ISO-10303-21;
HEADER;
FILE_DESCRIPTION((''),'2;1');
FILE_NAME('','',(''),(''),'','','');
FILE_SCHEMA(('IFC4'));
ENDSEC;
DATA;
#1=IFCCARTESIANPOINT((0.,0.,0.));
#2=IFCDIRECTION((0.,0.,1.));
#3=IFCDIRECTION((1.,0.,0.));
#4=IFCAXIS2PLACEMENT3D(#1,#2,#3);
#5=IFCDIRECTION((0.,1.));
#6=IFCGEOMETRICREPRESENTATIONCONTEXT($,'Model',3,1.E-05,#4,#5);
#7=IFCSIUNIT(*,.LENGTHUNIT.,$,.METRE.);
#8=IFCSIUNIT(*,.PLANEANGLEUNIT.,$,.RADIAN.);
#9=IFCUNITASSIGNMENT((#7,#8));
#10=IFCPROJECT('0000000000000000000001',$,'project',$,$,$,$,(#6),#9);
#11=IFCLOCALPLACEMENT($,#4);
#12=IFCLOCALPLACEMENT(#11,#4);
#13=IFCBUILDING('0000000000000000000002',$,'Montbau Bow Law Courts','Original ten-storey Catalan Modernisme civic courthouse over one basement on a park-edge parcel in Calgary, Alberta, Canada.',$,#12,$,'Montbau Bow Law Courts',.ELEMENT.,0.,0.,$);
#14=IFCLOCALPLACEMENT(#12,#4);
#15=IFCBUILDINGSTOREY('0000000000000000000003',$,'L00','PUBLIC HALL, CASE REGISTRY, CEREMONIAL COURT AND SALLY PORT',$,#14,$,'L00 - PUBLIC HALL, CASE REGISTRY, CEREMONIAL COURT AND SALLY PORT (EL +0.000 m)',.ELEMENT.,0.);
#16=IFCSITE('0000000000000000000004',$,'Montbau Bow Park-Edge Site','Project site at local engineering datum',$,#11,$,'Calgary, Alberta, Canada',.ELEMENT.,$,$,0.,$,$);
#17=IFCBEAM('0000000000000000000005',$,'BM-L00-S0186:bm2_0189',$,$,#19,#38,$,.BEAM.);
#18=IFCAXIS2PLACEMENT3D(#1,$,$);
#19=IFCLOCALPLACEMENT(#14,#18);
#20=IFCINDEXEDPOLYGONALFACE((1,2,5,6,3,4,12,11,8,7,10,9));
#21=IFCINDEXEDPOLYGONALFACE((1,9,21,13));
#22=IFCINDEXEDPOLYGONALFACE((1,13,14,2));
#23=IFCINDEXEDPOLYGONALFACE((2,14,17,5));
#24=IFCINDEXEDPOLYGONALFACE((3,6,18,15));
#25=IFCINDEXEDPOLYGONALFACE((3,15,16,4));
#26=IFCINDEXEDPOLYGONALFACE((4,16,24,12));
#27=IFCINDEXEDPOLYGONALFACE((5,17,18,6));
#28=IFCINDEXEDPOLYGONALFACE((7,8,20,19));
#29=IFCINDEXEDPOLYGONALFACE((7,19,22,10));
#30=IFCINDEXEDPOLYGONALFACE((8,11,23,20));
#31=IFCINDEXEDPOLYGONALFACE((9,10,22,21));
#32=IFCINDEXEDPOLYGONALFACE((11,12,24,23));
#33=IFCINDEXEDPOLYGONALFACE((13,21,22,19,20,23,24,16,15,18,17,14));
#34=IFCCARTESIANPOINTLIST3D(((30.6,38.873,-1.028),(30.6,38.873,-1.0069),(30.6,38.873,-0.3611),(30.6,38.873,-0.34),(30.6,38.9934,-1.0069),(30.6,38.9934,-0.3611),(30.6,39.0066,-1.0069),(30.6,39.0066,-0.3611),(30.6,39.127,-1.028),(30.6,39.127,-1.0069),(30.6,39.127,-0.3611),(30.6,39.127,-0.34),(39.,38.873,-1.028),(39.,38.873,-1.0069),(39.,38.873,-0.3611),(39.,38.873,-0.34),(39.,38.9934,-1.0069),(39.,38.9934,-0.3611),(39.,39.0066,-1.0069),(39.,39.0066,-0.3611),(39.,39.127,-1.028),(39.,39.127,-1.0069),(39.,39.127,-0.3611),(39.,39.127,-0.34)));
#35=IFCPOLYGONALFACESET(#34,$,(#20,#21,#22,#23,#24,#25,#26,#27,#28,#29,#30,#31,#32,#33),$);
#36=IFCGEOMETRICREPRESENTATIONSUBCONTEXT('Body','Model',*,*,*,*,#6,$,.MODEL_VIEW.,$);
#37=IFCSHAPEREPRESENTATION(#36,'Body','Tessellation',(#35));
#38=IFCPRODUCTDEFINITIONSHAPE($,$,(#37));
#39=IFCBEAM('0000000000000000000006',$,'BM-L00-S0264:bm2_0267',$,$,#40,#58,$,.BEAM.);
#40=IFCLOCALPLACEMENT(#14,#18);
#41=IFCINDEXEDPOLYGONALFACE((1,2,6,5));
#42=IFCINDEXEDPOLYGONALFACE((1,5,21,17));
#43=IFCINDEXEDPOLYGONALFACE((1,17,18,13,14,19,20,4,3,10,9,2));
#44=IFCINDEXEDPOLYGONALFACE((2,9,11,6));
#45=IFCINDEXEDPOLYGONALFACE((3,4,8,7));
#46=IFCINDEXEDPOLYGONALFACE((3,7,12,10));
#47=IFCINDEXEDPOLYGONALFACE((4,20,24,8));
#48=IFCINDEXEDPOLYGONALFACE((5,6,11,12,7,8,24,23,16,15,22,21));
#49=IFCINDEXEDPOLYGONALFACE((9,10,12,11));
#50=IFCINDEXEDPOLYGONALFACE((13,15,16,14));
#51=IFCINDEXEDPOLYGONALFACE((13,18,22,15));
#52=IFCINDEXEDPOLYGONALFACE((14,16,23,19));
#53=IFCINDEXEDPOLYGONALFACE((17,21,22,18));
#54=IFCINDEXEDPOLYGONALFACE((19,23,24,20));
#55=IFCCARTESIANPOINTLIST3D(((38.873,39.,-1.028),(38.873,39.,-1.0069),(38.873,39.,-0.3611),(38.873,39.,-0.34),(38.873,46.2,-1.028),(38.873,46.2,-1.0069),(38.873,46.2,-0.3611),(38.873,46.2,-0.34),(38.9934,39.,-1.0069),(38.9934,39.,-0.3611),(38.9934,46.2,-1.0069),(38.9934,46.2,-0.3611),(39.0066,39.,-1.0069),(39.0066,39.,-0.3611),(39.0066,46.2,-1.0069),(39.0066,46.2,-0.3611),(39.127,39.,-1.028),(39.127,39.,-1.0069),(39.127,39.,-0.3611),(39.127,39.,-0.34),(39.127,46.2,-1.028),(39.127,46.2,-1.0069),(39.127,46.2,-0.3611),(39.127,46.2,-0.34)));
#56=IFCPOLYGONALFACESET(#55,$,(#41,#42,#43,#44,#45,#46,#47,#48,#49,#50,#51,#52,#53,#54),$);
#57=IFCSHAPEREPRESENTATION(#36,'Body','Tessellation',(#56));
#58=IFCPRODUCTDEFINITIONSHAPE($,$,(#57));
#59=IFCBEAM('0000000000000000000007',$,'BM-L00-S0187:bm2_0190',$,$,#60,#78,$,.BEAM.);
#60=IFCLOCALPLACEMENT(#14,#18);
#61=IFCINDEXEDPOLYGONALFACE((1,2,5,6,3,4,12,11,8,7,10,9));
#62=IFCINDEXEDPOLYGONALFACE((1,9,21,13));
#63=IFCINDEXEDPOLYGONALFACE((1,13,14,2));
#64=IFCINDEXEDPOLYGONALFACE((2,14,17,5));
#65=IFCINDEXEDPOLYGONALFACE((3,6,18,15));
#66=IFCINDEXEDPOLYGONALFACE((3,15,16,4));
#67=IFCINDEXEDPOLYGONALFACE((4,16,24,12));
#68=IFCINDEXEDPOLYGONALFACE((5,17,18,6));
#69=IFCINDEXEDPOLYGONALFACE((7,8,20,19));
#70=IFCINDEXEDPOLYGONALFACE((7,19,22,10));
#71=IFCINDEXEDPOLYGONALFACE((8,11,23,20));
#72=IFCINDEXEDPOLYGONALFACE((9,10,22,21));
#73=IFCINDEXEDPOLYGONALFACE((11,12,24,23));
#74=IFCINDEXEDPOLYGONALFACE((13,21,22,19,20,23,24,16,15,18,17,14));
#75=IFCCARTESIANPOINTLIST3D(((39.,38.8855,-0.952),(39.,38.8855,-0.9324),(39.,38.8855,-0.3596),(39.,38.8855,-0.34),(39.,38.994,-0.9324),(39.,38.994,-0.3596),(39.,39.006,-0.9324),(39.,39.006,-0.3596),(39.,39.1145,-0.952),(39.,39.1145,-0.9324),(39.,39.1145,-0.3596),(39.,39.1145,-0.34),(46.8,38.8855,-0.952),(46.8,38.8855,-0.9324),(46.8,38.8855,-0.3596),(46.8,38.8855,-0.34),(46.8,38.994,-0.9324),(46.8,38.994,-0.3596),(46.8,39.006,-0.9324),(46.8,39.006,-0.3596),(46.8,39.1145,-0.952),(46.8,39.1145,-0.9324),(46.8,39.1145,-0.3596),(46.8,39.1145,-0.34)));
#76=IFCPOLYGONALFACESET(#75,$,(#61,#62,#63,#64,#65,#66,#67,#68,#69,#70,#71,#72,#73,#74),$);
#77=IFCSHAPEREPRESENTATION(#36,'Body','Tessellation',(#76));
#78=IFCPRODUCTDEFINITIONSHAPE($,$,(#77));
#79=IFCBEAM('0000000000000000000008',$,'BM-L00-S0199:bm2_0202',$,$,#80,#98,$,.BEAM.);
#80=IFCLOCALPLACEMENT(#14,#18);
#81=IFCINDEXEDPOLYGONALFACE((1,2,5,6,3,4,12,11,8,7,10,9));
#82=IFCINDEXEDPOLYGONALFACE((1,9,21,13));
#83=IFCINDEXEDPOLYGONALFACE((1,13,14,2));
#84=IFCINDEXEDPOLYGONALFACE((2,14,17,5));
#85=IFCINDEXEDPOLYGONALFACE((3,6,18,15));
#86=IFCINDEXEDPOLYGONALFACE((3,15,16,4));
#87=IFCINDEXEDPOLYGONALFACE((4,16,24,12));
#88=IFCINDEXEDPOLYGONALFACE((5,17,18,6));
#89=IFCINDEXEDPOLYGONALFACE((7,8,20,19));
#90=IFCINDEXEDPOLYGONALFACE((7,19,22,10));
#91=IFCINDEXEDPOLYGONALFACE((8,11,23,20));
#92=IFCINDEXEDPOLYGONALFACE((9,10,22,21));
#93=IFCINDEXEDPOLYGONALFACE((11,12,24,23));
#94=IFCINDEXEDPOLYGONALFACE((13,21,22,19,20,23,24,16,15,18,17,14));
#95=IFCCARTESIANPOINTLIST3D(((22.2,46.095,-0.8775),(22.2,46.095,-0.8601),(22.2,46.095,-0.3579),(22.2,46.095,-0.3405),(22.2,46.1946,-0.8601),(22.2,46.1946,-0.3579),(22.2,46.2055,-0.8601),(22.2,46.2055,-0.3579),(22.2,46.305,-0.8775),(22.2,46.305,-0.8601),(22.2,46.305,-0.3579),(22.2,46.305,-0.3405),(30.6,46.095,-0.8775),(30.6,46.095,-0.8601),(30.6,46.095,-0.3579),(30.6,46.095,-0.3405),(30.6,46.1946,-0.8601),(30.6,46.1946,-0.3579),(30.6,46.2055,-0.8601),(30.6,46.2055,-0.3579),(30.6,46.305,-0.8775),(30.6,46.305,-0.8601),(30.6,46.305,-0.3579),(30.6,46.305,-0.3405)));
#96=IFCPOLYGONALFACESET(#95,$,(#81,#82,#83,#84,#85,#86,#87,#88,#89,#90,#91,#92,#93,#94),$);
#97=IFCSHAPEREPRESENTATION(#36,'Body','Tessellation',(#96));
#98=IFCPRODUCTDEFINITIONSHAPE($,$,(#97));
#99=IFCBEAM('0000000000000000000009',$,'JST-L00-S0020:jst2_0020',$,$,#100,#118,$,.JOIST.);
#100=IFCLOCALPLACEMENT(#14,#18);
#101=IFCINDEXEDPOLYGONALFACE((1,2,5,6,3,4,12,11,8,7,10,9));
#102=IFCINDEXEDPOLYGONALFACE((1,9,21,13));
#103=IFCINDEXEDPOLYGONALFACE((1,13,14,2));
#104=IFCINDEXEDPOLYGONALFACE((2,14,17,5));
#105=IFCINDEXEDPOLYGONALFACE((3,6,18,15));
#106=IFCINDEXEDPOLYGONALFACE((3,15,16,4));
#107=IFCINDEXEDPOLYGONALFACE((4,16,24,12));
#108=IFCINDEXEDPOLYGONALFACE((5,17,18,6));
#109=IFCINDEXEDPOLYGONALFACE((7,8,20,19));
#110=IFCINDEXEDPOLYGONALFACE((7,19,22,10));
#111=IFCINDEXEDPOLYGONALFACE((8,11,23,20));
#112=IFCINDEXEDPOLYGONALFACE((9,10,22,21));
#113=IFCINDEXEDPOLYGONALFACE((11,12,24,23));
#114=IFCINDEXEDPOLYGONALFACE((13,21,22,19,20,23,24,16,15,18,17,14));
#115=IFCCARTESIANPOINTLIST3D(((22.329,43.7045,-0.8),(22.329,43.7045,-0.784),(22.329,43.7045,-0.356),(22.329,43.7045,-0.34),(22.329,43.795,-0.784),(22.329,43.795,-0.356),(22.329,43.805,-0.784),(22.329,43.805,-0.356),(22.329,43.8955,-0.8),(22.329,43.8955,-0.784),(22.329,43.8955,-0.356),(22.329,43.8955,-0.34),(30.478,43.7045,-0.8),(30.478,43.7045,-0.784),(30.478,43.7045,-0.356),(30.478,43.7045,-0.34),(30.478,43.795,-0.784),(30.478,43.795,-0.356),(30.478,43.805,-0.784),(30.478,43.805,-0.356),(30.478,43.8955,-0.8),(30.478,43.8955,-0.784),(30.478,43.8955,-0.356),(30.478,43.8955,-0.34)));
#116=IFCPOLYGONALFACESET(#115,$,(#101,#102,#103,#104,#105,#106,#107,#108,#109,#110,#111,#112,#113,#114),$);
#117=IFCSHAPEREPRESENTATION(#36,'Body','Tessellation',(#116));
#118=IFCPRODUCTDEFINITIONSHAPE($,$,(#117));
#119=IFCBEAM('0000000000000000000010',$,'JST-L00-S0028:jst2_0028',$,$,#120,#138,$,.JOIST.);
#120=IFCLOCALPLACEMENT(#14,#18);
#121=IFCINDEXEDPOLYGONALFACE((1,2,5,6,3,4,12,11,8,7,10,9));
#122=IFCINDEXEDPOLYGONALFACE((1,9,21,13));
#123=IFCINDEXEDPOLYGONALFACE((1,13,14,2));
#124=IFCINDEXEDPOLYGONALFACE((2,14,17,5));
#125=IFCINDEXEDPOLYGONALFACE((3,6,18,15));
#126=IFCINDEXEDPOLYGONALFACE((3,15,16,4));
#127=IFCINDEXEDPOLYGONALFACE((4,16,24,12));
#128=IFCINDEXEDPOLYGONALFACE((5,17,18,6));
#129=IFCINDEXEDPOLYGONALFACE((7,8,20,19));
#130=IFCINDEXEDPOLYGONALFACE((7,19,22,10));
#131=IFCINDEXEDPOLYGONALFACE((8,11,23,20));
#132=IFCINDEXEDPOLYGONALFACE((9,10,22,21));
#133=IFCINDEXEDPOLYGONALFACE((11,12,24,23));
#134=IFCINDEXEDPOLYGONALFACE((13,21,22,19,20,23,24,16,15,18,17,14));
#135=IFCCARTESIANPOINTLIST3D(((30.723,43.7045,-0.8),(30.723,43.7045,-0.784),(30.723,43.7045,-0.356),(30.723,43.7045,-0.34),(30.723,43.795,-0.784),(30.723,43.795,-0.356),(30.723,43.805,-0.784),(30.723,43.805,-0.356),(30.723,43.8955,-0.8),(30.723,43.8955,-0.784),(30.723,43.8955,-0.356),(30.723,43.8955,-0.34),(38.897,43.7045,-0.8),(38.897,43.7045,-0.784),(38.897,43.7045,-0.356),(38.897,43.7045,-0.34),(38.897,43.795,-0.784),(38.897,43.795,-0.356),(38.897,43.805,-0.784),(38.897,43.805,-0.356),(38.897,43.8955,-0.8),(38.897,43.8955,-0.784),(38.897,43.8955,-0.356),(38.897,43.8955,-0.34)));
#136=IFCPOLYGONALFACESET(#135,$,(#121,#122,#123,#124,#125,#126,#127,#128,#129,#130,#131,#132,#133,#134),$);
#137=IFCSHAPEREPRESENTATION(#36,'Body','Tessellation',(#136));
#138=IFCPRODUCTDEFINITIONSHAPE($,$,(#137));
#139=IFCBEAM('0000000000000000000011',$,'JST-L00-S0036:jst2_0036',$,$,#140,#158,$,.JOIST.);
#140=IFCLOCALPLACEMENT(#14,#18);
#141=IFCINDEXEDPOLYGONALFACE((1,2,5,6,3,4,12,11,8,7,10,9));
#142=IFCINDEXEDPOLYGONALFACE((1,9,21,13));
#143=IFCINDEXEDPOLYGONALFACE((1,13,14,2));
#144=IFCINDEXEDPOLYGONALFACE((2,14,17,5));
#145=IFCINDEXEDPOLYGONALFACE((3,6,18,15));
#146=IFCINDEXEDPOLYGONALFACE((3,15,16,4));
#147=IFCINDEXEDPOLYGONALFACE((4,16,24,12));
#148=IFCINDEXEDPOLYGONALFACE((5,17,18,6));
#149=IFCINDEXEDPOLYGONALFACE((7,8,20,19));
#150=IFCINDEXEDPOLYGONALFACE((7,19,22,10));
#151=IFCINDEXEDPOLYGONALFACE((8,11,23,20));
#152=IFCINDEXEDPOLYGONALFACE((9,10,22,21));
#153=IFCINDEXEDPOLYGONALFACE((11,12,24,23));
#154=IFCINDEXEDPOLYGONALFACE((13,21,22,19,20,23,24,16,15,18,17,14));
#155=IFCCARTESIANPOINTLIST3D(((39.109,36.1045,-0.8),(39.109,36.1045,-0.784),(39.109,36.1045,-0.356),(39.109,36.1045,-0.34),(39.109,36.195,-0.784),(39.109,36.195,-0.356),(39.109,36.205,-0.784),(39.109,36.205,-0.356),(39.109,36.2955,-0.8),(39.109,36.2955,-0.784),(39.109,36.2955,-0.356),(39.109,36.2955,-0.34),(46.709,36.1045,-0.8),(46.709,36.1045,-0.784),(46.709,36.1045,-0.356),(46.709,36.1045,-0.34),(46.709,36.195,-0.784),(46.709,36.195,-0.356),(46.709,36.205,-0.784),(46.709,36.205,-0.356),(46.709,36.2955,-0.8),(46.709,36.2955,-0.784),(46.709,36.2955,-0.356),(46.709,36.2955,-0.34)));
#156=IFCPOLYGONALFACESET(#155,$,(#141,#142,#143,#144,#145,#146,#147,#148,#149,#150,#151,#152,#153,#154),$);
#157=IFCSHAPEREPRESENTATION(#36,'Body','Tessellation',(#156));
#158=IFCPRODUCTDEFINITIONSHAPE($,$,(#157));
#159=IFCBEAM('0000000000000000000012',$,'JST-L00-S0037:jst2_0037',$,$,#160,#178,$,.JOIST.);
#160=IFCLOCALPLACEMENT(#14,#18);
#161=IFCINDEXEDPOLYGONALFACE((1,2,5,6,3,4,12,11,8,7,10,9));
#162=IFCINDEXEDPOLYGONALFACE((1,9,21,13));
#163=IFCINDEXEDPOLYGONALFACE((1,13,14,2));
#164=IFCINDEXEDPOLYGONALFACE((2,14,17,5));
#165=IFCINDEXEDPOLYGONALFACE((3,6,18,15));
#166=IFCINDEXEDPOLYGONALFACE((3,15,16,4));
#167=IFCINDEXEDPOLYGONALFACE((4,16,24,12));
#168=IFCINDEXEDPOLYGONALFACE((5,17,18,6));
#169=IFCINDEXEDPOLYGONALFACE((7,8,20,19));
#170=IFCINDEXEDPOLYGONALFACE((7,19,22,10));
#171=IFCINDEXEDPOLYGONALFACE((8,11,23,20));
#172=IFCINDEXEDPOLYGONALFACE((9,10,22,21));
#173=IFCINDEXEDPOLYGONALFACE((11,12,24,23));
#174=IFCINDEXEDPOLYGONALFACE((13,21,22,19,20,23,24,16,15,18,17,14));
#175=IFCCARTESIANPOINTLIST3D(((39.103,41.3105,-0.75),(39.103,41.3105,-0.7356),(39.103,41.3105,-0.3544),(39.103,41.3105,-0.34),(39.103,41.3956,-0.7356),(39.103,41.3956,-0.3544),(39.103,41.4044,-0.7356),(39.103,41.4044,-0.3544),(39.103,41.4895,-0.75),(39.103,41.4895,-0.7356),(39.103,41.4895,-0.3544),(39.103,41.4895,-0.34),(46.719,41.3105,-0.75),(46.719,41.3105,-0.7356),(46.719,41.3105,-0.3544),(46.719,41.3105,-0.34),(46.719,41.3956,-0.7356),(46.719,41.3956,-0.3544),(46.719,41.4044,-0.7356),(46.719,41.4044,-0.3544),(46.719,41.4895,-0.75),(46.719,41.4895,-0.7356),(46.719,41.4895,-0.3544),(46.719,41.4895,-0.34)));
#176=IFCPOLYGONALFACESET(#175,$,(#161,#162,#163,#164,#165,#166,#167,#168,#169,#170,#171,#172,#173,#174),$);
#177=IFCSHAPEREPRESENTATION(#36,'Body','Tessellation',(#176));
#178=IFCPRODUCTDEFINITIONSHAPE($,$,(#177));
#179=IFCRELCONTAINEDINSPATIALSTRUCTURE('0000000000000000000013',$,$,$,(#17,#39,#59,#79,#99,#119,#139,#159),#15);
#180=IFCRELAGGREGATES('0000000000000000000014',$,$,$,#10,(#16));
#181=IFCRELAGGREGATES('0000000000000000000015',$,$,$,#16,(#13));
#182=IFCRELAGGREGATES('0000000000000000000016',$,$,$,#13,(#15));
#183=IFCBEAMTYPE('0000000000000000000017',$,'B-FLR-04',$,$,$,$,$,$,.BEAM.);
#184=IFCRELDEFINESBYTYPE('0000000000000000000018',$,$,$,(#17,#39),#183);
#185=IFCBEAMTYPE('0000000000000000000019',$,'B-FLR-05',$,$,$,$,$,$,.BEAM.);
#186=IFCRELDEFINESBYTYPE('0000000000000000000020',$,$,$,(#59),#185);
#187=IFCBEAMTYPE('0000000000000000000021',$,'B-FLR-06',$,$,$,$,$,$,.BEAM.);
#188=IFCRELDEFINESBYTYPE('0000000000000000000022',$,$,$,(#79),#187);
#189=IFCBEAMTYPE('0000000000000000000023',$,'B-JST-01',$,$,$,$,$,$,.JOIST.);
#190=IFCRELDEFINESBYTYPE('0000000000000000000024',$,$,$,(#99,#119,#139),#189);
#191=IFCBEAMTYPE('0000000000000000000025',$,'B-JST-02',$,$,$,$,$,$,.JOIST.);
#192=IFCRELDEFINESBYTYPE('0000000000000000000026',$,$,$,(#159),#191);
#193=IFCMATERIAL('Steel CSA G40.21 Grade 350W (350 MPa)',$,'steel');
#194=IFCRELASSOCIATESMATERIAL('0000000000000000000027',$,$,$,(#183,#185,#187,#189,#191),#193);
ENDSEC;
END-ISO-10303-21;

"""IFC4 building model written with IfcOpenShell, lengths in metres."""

from ifc_helpers import new_model, si_unit, direction, frame, origin_with_axes, origin_2d_with_axis, place, context, subcontext, project, spatial, i_section, extrude, material, material_profile, profile_set, type_object, element, save


model = new_model("IFC4")

# Units and contexts
model_context = context("Model", 3, precision=1e-05, world=origin_with_axes(), true_north=direction((0.0, 1.0)))
body_context = subcontext(model_context, "Body", "Model", "MODEL_VIEW")
ifc_project = project(units=[si_unit("LENGTHUNIT", "METRE"), si_unit("PLANEANGLEUNIT", "RADIAN")], contexts=[model_context])

# Site, building, storey
site_placement = place(None, origin_with_axes())
site = spatial("IfcSite", under=ifc_project, at=site_placement, Name="Montbau Bow Park-Edge Site", Description="Project site at local engineering datum", LongName="Calgary, Alberta, Canada", CompositionType="ELEMENT", RefElevation=0.0)
building_placement = place(site_placement, origin_with_axes())
building = spatial("IfcBuilding", under=site, at=building_placement, Name="Montbau Bow Law Courts", Description="Original ten-storey Catalan Modernisme civic courthouse over one basement on a park-edge parcel in Calgary, Alberta, Canada.", LongName="Montbau Bow Law Courts", CompositionType="ELEMENT", ElevationOfRefHeight=0.0, ElevationOfTerrain=0.0)
storey_placement = place(building_placement, origin_with_axes())
storey = spatial("IfcBuildingStorey", under=building, at=storey_placement, Name="L00", Description="PUBLIC HALL, CASE REGISTRY, CEREMONIAL COURT AND SALLY PORT", LongName="L00 - PUBLIC HALL, CASE REGISTRY, CEREMONIAL COURT AND SALLY PORT (EL +0.000 m)", CompositionType="ELEMENT", Elevation=0.0)

# Shared definitions
ifc_material_1 = material(Name="Steel CSA G40.21 Grade 350W (350 MPa)", Category="steel")

# Beams
ifc_material_profile_1 = material_profile(ifc_material_1, i_section(OverallWidth=0.254, OverallDepth=0.688, WebThickness=0.0131, FlangeThickness=0.0211, at=origin_2d_with_axis()), Name="W690X152", Category="Main", Priority=0)
ifc_profile_set_1 = profile_set([ifc_material_profile_1], Name="Steel CSA G40.21 Grade 350W (350 MPa)")
beam_type_1 = type_object("IfcBeamType", Name="B-FLR-04", PredefinedType="BEAM", material=ifc_profile_set_1)
beam_1_placement = place(None, frame((30.6, 39.0, -0.684), z_axis=(1.0, 0.0, 0.0), x_axis=(0.0, 1.0, 0.0)))
element("IfcBeam", 1, at=beam_1_placement, inside=storey, type_object=beam_type_1, Name="BM-L00-S0186:bm2_0189", PredefinedType="BEAM", context=body_context, shape_type="SweptSolid", body=[
    extrude(i_section(OverallWidth=0.254, OverallDepth=0.688, WebThickness=0.0131, FlangeThickness=0.0211, at=origin_2d_with_axis()), origin_with_axes(), (0.0, 0.0, 1.0), 8.4),
])
beam_2_placement = place(None, frame((39.0, 39.0, -0.684), z_axis=(0.0, 1.0, 0.0), x_axis=(-1.0, 0.0, 0.0)))
element("IfcBeam", 2, at=beam_2_placement, inside=storey, type_object=beam_type_1, Name="BM-L00-S0264:bm2_0267", PredefinedType="BEAM", context=body_context, shape_type="SweptSolid", body=[
    extrude(i_section(OverallWidth=0.254, OverallDepth=0.688, WebThickness=0.0131, FlangeThickness=0.0211, at=origin_2d_with_axis()), origin_with_axes(), (0.0, 0.0, 1.0), 7.2),
])
ifc_material_profile_2 = material_profile(ifc_material_1, i_section(OverallWidth=0.229, OverallDepth=0.612, WebThickness=0.0119, FlangeThickness=0.0196, at=origin_2d_with_axis()), Name="W610X125", Category="Main", Priority=0)
ifc_profile_set_2 = profile_set([ifc_material_profile_2], Name="Steel CSA G40.21 Grade 350W (350 MPa)")
beam_type_2 = type_object("IfcBeamType", Name="B-FLR-05", PredefinedType="BEAM", material=ifc_profile_set_2)
beam_3_placement = place(None, frame((39.0, 39.0, -0.646), z_axis=(1.0, 0.0, 0.0), x_axis=(0.0, 1.0, 0.0)))
element("IfcBeam", 3, at=beam_3_placement, inside=storey, type_object=beam_type_2, Name="BM-L00-S0187:bm2_0190", PredefinedType="BEAM", context=body_context, shape_type="SweptSolid", body=[
    extrude(i_section(OverallWidth=0.229, OverallDepth=0.612, WebThickness=0.0119, FlangeThickness=0.0196, at=origin_2d_with_axis()), origin_with_axes(), (0.0, 0.0, 1.0), 7.8),
])
ifc_material_profile_3 = material_profile(ifc_material_1, i_section(OverallWidth=0.21, OverallDepth=0.537, WebThickness=0.0109, FlangeThickness=0.0174, at=origin_2d_with_axis()), Name="W530X101", Category="Main", Priority=0)
ifc_profile_set_3 = profile_set([ifc_material_profile_3], Name="Steel CSA G40.21 Grade 350W (350 MPa)")
beam_type_3 = type_object("IfcBeamType", Name="B-FLR-06", PredefinedType="BEAM", material=ifc_profile_set_3)
beam_4_placement = place(None, frame((22.2, 46.2, -0.609), z_axis=(1.0, 0.0, 0.0), x_axis=(0.0, 1.0, 0.0)))
element("IfcBeam", 4, at=beam_4_placement, inside=storey, type_object=beam_type_3, Name="BM-L00-S0199:bm2_0202", PredefinedType="BEAM", context=body_context, shape_type="SweptSolid", body=[
    extrude(i_section(OverallWidth=0.21, OverallDepth=0.537, WebThickness=0.0109, FlangeThickness=0.0174, at=origin_2d_with_axis()), origin_with_axes(), (0.0, 0.0, 1.0), 8.4),
])
ifc_material_profile_4 = material_profile(ifc_material_1, i_section(OverallWidth=0.191, OverallDepth=0.46, WebThickness=0.0099, FlangeThickness=0.016, at=origin_2d_with_axis()), Name="W460X82", Category="Main", Priority=0)
ifc_profile_set_4 = profile_set([ifc_material_profile_4], Name="Steel CSA G40.21 Grade 350W (350 MPa)")
beam_type_4 = type_object("IfcBeamType", Name="B-JST-01", PredefinedType="JOIST", material=ifc_profile_set_4)
beam_5_placement = place(None, frame((22.329, 43.8, -0.57), z_axis=(1.0, 0.0, 0.0), x_axis=(0.0, 1.0, 0.0)))
element("IfcBeam", 5, at=beam_5_placement, inside=storey, type_object=beam_type_4, Name="JST-L00-S0020:jst2_0020", PredefinedType="JOIST", context=body_context, shape_type="SweptSolid", body=[
    extrude(i_section(OverallWidth=0.191, OverallDepth=0.46, WebThickness=0.0099, FlangeThickness=0.016, at=origin_2d_with_axis()), origin_with_axes(), (0.0, 0.0, 1.0), 8.149),
])
beam_6_placement = place(None, frame((30.723, 43.8, -0.57), z_axis=(1.0, 0.0, 0.0), x_axis=(0.0, 1.0, 0.0)))
element("IfcBeam", 6, at=beam_6_placement, inside=storey, type_object=beam_type_4, Name="JST-L00-S0028:jst2_0028", PredefinedType="JOIST", context=body_context, shape_type="SweptSolid", body=[
    extrude(i_section(OverallWidth=0.191, OverallDepth=0.46, WebThickness=0.0099, FlangeThickness=0.016, at=origin_2d_with_axis()), origin_with_axes(), (0.0, 0.0, 1.0), 8.174),
])
beam_7_placement = place(None, frame((39.109, 36.2, -0.57), z_axis=(1.0, 0.0, 0.0), x_axis=(0.0, 1.0, 0.0)))
element("IfcBeam", 7, at=beam_7_placement, inside=storey, type_object=beam_type_4, Name="JST-L00-S0036:jst2_0036", PredefinedType="JOIST", context=body_context, shape_type="SweptSolid", body=[
    extrude(i_section(OverallWidth=0.191, OverallDepth=0.46, WebThickness=0.0099, FlangeThickness=0.016, at=origin_2d_with_axis()), origin_with_axes(), (0.0, 0.0, 1.0), 7.6),
])
ifc_material_profile_5 = material_profile(ifc_material_1, i_section(OverallWidth=0.179, OverallDepth=0.41, WebThickness=0.0088, FlangeThickness=0.0144, at=origin_2d_with_axis()), Name="W410X67", Category="Main", Priority=0)
ifc_profile_set_5 = profile_set([ifc_material_profile_5], Name="Steel CSA G40.21 Grade 350W (350 MPa)")
beam_type_5 = type_object("IfcBeamType", Name="B-JST-02", PredefinedType="JOIST", material=ifc_profile_set_5)
beam_8_placement = place(None, frame((39.103, 41.4, -0.545), z_axis=(1.0, 0.0, 0.0), x_axis=(0.0, 1.0, 0.0)))
element("IfcBeam", 8, at=beam_8_placement, inside=storey, type_object=beam_type_5, Name="JST-L00-S0037:jst2_0037", PredefinedType="JOIST", context=body_context, shape_type="SweptSolid", body=[
    extrude(i_section(OverallWidth=0.179, OverallDepth=0.41, WebThickness=0.0088, FlangeThickness=0.0144, at=origin_2d_with_axis()), origin_with_axes(), (0.0, 0.0, 1.0), 7.616),
])

save(model, "model.ifc")
